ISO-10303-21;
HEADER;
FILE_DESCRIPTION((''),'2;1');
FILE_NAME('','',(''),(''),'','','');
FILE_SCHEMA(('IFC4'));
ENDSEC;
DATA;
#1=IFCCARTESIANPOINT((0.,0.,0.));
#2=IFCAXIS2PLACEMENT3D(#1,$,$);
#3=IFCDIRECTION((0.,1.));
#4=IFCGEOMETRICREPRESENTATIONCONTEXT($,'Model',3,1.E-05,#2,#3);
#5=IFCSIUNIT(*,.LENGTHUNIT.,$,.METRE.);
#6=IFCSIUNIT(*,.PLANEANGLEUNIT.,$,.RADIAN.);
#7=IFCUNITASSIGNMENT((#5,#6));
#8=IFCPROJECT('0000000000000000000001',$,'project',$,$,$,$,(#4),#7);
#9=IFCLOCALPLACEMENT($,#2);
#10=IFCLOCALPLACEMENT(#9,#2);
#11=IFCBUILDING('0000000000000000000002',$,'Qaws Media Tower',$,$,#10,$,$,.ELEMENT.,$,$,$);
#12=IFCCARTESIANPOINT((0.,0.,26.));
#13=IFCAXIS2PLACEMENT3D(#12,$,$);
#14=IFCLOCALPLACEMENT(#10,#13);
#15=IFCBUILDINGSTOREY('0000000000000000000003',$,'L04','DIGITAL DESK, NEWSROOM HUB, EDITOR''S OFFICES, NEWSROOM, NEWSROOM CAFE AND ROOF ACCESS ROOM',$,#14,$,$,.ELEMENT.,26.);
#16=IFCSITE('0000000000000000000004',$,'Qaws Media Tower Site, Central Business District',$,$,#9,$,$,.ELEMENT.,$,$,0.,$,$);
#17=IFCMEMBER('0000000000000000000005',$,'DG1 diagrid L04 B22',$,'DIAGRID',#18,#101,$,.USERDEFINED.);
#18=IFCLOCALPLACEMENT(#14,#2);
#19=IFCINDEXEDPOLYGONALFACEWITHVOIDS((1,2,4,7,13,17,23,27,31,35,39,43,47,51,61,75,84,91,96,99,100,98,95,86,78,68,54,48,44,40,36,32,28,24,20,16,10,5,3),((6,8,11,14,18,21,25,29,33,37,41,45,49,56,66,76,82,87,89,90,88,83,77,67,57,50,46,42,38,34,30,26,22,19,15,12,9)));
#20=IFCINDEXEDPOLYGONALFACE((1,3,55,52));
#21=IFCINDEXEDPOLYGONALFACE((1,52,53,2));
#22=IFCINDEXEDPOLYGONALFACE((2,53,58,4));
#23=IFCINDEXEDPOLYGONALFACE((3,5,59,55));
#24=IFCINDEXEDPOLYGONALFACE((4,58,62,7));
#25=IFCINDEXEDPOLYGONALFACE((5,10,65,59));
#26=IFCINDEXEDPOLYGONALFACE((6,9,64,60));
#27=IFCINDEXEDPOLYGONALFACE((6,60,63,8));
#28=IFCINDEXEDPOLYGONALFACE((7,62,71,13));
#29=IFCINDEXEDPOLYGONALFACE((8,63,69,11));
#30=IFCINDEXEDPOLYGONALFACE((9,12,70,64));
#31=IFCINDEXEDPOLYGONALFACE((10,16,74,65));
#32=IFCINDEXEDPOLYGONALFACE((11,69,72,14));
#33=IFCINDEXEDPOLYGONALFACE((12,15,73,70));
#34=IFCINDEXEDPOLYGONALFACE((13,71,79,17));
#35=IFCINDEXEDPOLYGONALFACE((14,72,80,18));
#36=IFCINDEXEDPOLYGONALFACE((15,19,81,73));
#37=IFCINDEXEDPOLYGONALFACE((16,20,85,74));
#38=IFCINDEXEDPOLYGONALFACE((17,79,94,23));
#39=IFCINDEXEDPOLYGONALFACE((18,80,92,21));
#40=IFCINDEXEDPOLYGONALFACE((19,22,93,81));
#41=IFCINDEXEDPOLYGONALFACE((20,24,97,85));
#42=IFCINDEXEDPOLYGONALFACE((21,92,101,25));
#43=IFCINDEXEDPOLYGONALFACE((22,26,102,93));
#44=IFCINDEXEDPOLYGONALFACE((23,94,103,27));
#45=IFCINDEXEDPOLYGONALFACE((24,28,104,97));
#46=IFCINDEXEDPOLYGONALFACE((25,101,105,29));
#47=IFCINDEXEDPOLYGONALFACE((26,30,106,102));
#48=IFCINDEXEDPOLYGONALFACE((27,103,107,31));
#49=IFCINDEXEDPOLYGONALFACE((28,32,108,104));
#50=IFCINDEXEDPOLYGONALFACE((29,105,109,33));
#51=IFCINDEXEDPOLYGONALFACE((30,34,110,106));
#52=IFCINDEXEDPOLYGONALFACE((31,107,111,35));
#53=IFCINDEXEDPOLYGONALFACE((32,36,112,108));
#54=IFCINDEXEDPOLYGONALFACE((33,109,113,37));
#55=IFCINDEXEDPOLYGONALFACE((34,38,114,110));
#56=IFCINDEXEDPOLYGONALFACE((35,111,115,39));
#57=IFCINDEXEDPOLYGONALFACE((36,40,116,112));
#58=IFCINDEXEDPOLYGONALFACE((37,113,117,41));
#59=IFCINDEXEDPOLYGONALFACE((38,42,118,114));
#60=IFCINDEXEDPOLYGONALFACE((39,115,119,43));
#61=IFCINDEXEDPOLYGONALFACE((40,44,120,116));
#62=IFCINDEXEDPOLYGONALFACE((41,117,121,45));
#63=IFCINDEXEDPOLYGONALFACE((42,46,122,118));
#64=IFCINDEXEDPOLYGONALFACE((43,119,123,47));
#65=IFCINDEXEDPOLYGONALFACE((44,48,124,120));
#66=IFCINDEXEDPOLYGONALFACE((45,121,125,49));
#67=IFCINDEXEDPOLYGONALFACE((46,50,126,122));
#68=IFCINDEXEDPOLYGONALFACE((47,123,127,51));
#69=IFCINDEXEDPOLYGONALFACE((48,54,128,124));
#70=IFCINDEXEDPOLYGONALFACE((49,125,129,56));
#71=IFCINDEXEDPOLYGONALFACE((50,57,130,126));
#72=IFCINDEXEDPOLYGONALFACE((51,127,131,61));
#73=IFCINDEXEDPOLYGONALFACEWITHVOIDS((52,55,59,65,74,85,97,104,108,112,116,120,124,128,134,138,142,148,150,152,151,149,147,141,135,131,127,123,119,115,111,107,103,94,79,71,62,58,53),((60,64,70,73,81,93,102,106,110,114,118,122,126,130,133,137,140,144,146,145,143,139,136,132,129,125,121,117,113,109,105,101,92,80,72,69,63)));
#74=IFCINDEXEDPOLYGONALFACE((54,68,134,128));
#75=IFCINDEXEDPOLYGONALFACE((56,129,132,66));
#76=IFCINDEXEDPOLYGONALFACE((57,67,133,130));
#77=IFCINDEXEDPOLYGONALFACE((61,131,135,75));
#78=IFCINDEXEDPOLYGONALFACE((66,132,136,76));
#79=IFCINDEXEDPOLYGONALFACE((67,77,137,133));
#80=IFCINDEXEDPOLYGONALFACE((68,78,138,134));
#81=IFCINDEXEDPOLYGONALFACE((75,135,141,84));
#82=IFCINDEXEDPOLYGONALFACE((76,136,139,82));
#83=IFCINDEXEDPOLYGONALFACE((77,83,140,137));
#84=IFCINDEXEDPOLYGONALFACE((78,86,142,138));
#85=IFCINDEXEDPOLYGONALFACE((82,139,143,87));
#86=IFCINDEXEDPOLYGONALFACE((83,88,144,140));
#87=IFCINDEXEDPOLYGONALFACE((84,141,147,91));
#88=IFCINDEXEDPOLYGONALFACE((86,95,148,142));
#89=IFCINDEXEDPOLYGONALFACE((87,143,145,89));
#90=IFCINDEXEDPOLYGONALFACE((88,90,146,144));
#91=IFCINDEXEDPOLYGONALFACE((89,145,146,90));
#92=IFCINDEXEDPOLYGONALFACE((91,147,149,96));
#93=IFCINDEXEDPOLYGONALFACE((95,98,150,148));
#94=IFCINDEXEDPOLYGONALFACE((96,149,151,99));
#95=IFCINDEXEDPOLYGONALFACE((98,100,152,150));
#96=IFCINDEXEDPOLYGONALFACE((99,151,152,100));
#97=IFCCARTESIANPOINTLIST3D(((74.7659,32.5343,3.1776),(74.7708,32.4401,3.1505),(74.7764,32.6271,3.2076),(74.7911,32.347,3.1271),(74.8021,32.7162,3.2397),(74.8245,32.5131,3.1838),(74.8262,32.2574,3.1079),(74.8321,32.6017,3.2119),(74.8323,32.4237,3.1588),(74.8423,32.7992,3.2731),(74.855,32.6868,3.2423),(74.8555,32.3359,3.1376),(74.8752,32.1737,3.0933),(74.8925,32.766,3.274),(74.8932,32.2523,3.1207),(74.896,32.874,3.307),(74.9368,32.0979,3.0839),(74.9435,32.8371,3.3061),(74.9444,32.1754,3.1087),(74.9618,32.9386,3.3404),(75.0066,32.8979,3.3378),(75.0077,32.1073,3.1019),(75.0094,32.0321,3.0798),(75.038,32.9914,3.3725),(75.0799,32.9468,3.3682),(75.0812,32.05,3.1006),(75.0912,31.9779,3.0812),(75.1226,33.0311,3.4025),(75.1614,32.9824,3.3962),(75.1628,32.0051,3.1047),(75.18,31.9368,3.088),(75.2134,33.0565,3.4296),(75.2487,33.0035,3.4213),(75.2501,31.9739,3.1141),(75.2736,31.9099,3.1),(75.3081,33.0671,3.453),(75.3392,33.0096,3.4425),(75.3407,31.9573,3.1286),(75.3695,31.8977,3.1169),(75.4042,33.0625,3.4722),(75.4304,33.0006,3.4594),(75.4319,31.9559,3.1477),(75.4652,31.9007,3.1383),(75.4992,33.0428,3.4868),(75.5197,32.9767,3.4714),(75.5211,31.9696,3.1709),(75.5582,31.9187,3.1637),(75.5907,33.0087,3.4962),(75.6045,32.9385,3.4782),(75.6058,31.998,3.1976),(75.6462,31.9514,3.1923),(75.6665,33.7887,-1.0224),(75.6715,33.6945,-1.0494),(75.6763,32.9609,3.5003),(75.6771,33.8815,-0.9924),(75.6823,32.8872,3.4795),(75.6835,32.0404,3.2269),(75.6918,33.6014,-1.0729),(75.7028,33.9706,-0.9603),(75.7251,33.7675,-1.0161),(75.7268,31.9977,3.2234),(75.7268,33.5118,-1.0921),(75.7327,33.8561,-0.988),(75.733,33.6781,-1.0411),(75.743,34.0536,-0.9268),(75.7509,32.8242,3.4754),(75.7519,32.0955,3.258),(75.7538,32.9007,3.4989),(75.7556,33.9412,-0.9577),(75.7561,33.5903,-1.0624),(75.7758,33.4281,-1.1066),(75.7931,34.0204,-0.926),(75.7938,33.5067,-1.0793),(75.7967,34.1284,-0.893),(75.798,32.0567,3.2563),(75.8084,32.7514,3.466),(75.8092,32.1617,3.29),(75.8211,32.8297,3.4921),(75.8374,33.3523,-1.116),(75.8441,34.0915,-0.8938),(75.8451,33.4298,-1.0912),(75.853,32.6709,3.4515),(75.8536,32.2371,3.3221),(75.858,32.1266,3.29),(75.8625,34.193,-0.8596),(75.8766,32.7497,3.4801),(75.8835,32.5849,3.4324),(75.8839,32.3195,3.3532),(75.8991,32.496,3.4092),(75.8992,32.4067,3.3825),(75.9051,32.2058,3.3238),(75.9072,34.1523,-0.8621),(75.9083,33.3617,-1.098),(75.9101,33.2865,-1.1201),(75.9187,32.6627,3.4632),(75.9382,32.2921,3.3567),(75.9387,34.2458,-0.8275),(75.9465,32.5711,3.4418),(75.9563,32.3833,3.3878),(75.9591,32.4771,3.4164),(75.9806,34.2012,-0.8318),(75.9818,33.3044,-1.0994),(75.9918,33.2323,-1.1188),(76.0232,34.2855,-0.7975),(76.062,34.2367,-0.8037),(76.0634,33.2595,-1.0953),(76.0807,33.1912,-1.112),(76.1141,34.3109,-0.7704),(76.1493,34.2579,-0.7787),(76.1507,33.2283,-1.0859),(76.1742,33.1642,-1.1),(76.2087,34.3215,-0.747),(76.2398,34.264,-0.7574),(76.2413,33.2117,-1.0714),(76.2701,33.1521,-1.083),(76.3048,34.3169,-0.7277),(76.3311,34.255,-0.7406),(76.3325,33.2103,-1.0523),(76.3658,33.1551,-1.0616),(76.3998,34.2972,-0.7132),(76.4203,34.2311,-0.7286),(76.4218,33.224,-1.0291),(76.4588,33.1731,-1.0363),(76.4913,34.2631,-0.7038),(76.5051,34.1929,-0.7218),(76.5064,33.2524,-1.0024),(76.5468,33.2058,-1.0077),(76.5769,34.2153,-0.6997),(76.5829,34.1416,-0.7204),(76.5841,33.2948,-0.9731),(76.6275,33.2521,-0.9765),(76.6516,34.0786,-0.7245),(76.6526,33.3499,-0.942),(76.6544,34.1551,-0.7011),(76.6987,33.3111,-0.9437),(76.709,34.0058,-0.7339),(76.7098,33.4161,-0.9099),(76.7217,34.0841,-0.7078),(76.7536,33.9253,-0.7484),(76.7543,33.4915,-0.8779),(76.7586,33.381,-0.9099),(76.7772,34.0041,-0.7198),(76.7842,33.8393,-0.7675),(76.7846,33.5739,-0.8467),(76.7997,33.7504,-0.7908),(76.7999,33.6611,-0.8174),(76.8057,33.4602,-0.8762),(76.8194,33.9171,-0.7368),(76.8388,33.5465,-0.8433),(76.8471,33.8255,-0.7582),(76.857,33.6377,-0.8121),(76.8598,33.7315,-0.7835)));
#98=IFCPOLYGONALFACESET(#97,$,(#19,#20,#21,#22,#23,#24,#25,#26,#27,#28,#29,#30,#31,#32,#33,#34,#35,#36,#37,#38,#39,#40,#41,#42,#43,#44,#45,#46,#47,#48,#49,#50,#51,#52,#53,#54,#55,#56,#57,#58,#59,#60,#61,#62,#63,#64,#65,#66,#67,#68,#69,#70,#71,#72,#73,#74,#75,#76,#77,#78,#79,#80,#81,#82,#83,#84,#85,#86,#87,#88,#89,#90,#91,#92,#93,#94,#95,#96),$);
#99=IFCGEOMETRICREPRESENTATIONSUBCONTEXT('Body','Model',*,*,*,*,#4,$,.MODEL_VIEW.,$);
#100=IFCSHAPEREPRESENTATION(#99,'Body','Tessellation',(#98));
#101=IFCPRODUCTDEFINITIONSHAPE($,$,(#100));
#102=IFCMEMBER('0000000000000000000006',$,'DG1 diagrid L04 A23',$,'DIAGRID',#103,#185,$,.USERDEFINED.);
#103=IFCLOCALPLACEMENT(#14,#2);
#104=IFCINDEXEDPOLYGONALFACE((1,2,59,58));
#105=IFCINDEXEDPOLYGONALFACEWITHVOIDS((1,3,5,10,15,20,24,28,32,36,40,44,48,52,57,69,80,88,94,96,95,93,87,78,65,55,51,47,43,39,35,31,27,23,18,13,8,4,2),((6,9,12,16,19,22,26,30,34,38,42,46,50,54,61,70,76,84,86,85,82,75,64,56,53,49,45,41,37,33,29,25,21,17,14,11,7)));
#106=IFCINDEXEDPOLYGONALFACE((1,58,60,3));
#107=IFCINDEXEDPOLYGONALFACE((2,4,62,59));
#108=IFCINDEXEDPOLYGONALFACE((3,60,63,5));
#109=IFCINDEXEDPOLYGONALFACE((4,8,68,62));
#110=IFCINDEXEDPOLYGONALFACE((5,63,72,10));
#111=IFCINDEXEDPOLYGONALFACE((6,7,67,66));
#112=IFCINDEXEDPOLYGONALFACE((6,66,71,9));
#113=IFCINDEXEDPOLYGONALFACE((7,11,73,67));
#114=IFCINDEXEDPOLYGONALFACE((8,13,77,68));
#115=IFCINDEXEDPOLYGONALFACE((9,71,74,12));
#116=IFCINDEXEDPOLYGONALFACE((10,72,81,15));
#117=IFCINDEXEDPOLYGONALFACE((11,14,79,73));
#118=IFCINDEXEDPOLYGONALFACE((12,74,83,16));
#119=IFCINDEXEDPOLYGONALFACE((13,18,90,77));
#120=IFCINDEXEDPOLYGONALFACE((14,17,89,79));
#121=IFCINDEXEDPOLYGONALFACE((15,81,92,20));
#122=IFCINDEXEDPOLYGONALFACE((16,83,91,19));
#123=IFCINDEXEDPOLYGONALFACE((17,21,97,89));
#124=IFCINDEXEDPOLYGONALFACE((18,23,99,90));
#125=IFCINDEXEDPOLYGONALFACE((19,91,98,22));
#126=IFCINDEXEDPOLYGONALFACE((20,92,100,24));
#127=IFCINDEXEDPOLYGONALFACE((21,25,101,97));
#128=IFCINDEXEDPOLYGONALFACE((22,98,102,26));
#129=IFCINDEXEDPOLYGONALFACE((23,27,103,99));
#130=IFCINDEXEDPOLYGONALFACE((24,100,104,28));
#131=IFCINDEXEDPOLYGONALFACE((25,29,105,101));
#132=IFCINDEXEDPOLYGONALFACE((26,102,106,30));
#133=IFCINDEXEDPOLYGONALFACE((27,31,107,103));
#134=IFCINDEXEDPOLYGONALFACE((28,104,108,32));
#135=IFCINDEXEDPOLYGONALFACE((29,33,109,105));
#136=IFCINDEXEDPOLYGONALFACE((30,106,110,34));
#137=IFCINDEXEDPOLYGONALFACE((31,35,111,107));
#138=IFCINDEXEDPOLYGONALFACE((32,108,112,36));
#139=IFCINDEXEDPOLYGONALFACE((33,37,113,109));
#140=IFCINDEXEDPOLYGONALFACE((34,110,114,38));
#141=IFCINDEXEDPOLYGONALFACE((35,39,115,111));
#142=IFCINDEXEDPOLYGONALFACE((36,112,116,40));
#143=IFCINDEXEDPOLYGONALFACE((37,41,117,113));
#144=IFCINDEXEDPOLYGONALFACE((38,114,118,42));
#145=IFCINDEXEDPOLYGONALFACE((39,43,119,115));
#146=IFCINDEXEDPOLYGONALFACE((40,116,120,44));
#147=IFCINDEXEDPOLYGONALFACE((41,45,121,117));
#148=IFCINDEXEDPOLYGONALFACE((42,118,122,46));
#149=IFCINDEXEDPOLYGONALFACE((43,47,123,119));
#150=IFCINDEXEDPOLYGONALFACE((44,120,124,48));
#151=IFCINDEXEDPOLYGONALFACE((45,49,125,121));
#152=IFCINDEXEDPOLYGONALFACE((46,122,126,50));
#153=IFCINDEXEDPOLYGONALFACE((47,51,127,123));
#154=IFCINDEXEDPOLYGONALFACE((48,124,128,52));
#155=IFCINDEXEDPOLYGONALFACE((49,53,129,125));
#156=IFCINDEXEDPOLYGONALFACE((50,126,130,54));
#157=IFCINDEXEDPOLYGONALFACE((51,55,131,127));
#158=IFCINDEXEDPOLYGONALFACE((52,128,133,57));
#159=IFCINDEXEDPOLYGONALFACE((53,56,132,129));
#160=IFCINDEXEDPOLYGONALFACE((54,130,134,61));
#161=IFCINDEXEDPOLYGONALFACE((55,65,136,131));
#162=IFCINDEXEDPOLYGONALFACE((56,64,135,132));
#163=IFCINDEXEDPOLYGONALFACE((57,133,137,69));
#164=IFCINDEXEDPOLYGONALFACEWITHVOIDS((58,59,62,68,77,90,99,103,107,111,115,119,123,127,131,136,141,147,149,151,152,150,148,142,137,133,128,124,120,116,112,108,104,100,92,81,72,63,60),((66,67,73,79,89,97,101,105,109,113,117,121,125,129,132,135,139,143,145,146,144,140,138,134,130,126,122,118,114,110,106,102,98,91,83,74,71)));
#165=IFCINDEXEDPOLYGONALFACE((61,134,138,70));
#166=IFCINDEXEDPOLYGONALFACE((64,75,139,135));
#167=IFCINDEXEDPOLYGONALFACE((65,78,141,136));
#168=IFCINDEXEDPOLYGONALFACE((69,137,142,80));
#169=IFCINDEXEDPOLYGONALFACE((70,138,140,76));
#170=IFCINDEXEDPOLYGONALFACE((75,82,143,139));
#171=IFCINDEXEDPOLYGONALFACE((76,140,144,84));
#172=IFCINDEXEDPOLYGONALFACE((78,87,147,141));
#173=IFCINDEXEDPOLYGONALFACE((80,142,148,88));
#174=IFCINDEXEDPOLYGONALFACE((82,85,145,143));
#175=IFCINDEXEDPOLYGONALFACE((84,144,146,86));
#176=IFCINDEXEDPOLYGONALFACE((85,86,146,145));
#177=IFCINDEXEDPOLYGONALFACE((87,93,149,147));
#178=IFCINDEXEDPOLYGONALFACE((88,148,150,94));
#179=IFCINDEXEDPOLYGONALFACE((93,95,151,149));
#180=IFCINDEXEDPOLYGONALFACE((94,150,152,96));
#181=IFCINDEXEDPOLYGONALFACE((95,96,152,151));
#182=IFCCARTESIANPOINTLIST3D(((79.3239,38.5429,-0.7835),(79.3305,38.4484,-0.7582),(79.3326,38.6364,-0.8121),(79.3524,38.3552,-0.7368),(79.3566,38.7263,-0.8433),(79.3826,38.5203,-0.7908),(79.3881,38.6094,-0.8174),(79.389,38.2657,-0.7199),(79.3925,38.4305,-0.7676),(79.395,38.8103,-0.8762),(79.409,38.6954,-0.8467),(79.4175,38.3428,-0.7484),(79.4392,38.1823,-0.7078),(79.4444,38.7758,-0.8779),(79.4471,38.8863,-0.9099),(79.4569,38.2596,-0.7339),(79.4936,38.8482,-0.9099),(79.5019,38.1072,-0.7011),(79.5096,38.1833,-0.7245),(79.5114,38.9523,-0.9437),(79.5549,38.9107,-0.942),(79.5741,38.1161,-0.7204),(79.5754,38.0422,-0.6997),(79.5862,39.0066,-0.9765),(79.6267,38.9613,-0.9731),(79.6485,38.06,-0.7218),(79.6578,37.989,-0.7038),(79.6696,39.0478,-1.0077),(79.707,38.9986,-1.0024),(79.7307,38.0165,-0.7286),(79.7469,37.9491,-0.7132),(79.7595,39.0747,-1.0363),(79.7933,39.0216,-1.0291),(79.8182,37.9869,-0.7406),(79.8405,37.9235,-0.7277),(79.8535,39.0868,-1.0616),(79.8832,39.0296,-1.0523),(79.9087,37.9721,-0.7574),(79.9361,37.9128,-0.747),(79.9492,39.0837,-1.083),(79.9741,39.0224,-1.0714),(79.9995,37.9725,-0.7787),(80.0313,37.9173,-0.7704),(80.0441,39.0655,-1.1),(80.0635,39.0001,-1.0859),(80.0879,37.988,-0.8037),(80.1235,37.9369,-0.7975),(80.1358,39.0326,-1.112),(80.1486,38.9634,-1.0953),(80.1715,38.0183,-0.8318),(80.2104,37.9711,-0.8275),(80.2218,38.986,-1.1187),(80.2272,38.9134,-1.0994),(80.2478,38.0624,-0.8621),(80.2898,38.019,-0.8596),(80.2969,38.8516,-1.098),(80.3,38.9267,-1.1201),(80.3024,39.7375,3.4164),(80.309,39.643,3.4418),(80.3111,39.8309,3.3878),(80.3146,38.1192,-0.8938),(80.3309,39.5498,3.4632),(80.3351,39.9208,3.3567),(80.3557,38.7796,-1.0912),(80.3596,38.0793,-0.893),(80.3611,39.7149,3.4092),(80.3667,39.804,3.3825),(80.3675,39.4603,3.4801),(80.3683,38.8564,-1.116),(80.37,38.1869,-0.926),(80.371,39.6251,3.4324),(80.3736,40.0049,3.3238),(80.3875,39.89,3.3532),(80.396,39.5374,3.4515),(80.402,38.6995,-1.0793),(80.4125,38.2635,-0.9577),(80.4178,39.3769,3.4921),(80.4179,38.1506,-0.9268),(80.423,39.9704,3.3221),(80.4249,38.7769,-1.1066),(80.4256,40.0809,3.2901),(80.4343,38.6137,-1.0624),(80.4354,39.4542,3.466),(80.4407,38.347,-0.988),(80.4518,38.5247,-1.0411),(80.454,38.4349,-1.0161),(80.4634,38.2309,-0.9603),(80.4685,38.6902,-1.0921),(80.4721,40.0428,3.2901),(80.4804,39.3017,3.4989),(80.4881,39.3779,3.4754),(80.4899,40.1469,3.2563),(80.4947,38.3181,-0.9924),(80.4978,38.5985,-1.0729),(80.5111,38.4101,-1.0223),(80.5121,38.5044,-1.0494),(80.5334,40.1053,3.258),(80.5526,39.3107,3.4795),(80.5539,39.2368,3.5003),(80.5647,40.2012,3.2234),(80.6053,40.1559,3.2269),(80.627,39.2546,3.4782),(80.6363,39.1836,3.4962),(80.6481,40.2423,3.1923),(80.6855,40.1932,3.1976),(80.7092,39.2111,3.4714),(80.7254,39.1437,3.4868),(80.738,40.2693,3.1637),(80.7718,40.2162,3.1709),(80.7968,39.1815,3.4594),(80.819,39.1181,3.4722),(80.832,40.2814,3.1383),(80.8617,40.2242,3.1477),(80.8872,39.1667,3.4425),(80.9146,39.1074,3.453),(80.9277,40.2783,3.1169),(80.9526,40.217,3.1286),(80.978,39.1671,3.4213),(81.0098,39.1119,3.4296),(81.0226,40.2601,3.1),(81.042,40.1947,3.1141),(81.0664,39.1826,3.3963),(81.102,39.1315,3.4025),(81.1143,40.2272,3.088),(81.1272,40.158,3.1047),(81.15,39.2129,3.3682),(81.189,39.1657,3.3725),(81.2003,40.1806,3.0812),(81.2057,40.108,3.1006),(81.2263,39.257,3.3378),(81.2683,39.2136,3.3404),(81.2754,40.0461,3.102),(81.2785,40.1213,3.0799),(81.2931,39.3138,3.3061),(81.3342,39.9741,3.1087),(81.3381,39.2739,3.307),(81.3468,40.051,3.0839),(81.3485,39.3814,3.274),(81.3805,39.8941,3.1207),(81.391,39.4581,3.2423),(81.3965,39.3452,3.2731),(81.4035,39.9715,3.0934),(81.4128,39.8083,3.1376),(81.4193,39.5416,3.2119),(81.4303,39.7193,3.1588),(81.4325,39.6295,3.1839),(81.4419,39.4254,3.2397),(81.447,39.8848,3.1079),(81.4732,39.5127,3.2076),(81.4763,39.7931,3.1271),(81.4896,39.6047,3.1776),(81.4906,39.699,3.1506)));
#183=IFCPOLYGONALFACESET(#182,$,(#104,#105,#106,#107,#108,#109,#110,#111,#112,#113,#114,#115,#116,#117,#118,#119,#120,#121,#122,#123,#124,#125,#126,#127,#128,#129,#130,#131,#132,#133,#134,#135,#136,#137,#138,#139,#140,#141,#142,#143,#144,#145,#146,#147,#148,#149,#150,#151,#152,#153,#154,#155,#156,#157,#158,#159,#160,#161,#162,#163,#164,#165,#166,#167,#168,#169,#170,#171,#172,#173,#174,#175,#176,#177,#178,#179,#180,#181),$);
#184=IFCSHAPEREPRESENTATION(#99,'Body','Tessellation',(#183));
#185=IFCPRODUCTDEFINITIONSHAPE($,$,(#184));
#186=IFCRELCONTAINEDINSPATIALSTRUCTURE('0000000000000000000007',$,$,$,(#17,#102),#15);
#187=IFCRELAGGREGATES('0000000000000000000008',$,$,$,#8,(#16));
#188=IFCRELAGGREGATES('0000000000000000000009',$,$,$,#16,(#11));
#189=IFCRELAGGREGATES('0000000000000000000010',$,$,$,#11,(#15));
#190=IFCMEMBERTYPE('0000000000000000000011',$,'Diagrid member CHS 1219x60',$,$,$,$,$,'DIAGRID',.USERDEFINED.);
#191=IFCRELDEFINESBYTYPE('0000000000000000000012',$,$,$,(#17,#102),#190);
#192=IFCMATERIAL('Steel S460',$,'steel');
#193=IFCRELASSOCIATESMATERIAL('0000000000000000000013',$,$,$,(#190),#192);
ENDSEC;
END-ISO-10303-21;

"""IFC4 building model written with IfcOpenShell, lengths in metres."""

from ifc_helpers import new_model, si_unit, direction, frame, origin, origin_2d, place, context, subcontext, project, spatial, hollow_circle, extrude, material, material_profile, profile_set, type_object, element, save


model = new_model("IFC4")

# Units and contexts
model_context = context("Model", 3, precision=1e-05, world=origin(), true_north=direction((0.0, 1.0)))
body_context = subcontext(model_context, "Body", "Model", "MODEL_VIEW")
ifc_project = project(units=[si_unit("LENGTHUNIT", "METRE"), si_unit("PLANEANGLEUNIT", "RADIAN")], contexts=[model_context])

# Site, building, storey
site_placement = place(None, origin())
site = spatial("IfcSite", under=ifc_project, at=site_placement, Name="Qaws Media Tower Site, Central Business District", CompositionType="ELEMENT", RefElevation=0.0)
building_placement = place(site_placement, origin())
building = spatial("IfcBuilding", under=site, at=building_placement, Name="Qaws Media Tower", CompositionType="ELEMENT")
storey_placement = place(building_placement, frame((0.0, 0.0, 26.0)))
storey = spatial("IfcBuildingStorey", under=building, at=storey_placement, Name="L04", Description="DIGITAL DESK, NEWSROOM HUB, EDITOR'S OFFICES, NEWSROOM, NEWSROOM CAFE AND ROOF ACCESS ROOM", CompositionType="ELEMENT", Elevation=26.0)

# Members
ifc_material_1 = material(Name="Steel S460", Category="steel")
ifc_material_profile_1 = material_profile(ifc_material_1, hollow_circle(Radius=0.6096, WallThickness=0.0601, at=origin_2d()), Name="CHS 1219x60")
ifc_profile_set_1 = profile_set([ifc_material_profile_1], Name="Steel S460")
member_type_1 = type_object("IfcMemberType", Name="Diagrid member CHS 1219x60", ElementType="DIAGRID", PredefinedType="USERDEFINED", material=ifc_profile_set_1)
for number, where, z_axis, x_axis, name in (
    (1, (76.2634, 33.7366, -0.9099), (-0.201266, -0.280321, 0.938569), (0.81231, -0.583226, 0.0), "DG1 diagrid L04 B22"),
    (2, (79.9187, 38.5, -0.9099), (0.218671, 0.266955, 0.938572), (-0.773598, 0.633677, 0.0), "DG1 diagrid L04 A23"),
):
    element("IfcMember", number, at=place(storey_placement, frame(where, z_axis=z_axis, x_axis=x_axis)), inside=storey, type_object=member_type_1, Name=name, ObjectType="DIAGRID", PredefinedType="USERDEFINED", context=body_context, shape_type="SweptSolid", body=[
        extrude(hollow_circle(Radius=0.6096, WallThickness=0.0601, at=origin_2d()), origin(), (0.0, 0.0, 1.0), 4.4749),
    ])

save(model, "model.ifc")
